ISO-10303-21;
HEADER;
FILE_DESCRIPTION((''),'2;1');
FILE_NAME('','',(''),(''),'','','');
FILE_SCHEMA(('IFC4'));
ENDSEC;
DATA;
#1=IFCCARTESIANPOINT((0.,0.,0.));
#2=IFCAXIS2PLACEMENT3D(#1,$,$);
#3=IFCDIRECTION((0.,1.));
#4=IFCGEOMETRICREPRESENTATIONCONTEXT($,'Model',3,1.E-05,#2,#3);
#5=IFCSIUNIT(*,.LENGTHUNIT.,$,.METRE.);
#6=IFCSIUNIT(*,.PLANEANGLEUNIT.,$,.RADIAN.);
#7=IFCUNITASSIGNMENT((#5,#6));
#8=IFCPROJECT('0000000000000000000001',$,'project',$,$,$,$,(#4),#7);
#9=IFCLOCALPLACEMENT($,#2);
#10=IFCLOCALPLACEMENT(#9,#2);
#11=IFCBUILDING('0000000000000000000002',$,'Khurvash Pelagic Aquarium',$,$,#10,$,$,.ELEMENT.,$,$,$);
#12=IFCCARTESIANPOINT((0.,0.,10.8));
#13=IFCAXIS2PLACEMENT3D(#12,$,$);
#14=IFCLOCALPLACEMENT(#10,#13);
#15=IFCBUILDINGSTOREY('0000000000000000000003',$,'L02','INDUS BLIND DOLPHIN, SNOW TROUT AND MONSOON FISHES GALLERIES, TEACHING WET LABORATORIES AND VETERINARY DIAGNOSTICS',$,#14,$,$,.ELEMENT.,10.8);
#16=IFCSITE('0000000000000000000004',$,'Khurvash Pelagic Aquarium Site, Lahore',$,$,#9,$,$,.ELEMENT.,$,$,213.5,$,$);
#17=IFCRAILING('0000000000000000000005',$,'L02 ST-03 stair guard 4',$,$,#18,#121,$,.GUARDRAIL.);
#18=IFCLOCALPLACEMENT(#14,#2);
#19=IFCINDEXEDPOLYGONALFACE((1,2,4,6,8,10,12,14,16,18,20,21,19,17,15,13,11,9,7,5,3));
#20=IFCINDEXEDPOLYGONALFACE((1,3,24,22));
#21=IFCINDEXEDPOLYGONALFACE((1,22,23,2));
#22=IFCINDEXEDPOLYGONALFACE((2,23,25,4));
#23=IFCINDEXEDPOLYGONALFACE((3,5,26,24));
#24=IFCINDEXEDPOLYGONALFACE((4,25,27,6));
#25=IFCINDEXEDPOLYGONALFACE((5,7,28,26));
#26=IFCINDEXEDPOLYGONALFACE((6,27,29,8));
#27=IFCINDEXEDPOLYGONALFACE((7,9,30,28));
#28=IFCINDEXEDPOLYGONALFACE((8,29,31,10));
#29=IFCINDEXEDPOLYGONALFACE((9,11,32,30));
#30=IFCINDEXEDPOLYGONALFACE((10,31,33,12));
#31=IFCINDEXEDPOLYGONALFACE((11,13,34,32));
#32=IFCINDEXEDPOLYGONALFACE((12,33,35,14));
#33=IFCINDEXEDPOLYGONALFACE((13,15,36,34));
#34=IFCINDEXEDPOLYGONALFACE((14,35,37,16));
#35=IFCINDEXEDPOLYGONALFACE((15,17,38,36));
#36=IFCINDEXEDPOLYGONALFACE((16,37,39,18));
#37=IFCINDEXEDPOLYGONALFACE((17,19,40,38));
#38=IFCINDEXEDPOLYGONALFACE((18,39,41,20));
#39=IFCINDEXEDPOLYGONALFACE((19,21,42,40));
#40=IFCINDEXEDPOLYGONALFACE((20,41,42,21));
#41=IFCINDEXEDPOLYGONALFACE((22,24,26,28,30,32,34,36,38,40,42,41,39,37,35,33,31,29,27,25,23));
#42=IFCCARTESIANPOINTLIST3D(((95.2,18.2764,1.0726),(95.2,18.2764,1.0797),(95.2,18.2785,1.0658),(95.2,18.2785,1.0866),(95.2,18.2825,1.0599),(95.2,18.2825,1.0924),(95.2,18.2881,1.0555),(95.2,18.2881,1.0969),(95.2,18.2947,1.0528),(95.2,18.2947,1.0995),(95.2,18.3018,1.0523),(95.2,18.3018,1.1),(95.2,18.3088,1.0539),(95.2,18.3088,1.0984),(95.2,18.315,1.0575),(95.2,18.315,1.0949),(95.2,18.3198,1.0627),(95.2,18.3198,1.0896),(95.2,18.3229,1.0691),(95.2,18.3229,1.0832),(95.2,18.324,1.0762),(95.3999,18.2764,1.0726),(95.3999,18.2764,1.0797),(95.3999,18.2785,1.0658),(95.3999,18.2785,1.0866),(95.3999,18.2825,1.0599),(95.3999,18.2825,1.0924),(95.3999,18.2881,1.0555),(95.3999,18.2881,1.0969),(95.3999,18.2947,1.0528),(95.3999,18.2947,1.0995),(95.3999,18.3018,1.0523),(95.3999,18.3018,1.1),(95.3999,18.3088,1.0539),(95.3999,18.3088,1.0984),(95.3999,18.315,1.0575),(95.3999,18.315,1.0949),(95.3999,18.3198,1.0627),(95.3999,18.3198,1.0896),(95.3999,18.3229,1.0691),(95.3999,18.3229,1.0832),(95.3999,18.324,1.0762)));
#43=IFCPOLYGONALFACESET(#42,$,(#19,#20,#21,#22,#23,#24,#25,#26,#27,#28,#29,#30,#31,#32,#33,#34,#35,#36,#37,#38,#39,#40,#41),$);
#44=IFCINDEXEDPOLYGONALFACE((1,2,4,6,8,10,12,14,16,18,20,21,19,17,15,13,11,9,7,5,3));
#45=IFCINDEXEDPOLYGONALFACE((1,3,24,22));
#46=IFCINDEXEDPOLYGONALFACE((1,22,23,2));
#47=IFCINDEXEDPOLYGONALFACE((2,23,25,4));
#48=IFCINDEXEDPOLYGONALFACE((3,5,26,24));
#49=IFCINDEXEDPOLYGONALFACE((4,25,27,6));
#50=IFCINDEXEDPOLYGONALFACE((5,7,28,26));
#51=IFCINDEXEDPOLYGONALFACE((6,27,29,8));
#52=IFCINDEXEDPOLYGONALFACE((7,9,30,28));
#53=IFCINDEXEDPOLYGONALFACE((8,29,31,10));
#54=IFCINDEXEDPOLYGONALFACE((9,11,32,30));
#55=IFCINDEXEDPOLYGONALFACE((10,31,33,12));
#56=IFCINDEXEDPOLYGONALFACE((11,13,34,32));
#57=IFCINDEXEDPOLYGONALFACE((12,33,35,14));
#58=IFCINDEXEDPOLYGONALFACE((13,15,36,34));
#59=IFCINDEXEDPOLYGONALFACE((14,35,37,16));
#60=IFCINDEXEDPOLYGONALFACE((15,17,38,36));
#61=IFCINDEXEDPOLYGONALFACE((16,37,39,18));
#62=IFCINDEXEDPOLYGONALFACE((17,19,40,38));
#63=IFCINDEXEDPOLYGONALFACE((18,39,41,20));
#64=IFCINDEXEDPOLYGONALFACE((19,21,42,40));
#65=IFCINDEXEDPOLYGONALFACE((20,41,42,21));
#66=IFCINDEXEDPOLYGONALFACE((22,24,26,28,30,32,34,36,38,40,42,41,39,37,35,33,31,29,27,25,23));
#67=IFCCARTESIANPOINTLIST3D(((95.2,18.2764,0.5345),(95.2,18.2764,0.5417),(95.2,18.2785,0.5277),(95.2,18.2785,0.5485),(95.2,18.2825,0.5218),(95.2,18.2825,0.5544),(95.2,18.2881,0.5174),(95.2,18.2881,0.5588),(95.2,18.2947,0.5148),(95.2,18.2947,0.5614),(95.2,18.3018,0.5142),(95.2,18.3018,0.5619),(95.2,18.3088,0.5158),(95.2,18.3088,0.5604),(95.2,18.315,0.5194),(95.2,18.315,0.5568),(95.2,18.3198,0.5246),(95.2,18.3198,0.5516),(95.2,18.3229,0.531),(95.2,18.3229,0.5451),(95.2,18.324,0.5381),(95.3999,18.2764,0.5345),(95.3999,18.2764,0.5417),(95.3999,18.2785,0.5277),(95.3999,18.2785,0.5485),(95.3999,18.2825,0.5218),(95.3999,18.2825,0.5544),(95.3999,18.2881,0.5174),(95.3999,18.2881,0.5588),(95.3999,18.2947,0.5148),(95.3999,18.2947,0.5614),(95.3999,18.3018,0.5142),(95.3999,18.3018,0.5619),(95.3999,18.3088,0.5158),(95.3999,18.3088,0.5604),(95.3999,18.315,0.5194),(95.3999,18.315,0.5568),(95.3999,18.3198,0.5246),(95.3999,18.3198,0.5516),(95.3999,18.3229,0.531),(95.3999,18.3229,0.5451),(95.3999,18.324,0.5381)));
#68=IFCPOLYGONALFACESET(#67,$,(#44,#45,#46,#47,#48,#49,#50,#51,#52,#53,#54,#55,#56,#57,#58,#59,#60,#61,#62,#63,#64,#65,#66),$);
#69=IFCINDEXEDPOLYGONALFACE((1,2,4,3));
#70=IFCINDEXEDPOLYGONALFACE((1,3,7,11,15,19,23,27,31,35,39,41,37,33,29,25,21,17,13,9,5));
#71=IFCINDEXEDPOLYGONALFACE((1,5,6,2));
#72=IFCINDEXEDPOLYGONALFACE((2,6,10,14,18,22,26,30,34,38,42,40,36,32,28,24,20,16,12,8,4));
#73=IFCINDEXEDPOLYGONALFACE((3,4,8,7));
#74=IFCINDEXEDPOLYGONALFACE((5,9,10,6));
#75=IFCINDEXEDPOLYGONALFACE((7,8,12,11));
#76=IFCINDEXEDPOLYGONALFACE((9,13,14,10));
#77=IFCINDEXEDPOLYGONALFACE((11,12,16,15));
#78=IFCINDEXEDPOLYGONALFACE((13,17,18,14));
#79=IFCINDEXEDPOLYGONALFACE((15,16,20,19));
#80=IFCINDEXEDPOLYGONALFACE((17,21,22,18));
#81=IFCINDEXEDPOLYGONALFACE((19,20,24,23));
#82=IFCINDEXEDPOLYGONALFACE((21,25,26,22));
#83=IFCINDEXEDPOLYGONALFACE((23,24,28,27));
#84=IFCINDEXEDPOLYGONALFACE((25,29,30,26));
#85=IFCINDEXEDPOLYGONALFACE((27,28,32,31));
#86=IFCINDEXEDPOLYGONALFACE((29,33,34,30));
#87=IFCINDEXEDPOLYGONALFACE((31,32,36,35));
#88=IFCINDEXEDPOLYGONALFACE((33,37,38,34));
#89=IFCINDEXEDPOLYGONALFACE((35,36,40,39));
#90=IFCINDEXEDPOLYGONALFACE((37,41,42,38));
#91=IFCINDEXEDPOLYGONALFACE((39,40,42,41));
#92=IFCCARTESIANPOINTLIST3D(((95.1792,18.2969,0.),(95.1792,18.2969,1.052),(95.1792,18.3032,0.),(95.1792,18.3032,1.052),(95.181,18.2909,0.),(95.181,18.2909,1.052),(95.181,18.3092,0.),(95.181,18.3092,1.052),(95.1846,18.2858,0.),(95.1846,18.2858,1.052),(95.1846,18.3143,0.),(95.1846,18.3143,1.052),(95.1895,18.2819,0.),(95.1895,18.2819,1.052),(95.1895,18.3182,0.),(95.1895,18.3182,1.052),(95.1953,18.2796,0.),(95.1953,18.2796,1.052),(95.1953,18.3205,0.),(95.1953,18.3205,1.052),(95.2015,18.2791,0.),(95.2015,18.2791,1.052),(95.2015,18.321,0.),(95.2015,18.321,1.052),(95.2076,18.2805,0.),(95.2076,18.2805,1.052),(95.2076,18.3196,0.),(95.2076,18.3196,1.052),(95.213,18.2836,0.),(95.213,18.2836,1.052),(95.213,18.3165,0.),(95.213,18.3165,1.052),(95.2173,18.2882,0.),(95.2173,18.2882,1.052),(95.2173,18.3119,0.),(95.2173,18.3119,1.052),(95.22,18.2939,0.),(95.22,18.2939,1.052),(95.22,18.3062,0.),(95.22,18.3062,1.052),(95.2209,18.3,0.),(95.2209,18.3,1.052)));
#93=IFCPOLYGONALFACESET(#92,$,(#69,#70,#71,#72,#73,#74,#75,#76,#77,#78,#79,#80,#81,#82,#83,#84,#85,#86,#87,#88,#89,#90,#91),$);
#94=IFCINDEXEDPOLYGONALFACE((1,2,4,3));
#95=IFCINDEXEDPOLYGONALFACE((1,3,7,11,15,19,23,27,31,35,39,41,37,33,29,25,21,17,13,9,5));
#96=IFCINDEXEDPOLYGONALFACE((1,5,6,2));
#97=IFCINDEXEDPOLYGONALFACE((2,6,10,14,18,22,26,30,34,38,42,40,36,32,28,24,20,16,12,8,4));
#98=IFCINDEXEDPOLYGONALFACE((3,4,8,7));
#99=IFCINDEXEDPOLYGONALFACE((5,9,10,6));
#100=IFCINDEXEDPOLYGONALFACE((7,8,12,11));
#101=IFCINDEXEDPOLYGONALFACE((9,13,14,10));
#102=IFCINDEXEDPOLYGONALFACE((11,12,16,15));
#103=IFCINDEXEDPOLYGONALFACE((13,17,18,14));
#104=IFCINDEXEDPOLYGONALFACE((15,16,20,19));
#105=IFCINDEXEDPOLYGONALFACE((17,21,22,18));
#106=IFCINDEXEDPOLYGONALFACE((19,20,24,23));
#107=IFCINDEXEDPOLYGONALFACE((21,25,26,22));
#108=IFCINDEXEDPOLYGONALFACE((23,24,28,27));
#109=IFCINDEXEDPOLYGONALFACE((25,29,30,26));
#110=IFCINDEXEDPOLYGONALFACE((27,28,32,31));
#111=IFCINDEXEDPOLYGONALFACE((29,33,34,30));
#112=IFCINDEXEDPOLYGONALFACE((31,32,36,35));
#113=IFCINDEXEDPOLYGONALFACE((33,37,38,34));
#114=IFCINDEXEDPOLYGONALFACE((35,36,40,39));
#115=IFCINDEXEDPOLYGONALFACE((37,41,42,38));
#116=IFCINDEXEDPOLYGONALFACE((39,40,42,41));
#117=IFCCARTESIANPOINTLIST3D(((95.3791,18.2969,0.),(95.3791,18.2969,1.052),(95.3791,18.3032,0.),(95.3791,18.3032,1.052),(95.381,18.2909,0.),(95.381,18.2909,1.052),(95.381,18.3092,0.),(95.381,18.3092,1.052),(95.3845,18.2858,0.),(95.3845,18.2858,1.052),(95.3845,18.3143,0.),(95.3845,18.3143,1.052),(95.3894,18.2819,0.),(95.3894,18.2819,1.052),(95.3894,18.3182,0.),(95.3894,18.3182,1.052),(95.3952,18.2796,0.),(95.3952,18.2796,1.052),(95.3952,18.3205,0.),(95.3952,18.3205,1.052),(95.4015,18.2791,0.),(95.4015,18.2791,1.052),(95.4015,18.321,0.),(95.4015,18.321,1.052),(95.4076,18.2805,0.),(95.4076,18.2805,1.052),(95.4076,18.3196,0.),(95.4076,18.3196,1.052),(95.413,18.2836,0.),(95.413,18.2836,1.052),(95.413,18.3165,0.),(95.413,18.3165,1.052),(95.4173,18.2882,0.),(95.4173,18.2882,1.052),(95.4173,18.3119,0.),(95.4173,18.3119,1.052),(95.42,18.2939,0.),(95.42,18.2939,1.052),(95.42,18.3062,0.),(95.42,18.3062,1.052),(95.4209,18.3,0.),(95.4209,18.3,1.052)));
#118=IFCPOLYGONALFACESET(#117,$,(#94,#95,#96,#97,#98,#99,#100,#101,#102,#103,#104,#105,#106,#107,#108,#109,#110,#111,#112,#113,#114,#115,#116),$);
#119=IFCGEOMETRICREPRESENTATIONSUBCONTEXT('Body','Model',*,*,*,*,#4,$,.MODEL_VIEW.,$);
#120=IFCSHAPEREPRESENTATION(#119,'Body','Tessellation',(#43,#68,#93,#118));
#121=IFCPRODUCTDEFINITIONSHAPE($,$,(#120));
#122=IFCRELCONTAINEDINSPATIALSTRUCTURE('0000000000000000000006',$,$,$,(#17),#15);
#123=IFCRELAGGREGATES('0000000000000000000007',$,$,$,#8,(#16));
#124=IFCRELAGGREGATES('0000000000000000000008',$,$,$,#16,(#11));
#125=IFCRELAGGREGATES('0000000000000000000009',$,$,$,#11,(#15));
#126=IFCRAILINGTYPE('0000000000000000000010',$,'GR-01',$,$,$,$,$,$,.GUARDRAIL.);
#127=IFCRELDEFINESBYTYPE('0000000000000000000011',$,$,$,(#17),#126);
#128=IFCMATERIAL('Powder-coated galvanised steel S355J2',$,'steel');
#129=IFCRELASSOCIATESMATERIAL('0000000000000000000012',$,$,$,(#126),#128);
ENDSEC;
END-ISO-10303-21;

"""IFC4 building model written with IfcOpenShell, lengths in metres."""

from ifc_helpers import new_model, si_unit, direction, frame, origin, origin_2d, place, context, subcontext, project, spatial, circle, extrude, material, type_object, element, save


model = new_model("IFC4")

# Units and contexts
model_context = context("Model", 3, precision=1e-05, world=origin(), true_north=direction((0.0, 1.0)))
body_context = subcontext(model_context, "Body", "Model", "MODEL_VIEW")
ifc_project = project(units=[si_unit("LENGTHUNIT", "METRE"), si_unit("PLANEANGLEUNIT", "RADIAN")], contexts=[model_context])

# Site, building, storey
site_placement = place(None, origin())
site = spatial("IfcSite", under=ifc_project, at=site_placement, Name="Khurvash Pelagic Aquarium Site, Lahore", CompositionType="ELEMENT", RefElevation=213.5)
building_placement = place(site_placement, origin())
building = spatial("IfcBuilding", under=site, at=building_placement, Name="Khurvash Pelagic Aquarium", CompositionType="ELEMENT")
storey_placement = place(building_placement, frame((0.0, 0.0, 10.8)))
storey = spatial("IfcBuildingStorey", under=building, at=storey_placement, Name="L02", Description="INDUS BLIND DOLPHIN, SNOW TROUT AND MONSOON FISHES GALLERIES, TEACHING WET LABORATORIES AND VETERINARY DIAGNOSTICS", CompositionType="ELEMENT", Elevation=10.8)

# Railing
ifc_material_1 = material(Name="Powder-coated galvanised steel S355J2", Category="steel")
railing_type_1 = type_object("IfcRailingType", Name="GR-01", PredefinedType="GUARDRAIL", material=ifc_material_1)
railing_1_placement = place(storey_placement, frame((95.2, 18.3, 0.0)))
element("IfcRailing", 1, at=railing_1_placement, inside=storey, type_object=railing_type_1, Name="L02 ST-03 stair guard 4", PredefinedType="GUARDRAIL", context=body_context, shape_type="SweptSolid", body=[
    extrude(circle(Radius=0.0239, at=origin_2d()), frame((0.0, 0.0, 1.0762), z_axis=(1.0, 0.0, 0.0), x_axis=(0.0, 1.0, 0.0)), (0.0, 0.0, 1.0), 0.2),
    extrude(circle(Radius=0.0239, at=origin_2d()), frame((0.0, 0.0, 0.5381), z_axis=(1.0, 0.0, 0.0), x_axis=(0.0, 1.0, 0.0)), (0.0, 0.0, 1.0), 0.2),
    extrude(circle(Radius=0.021, at=origin_2d()), origin(), (0.0, 0.0, 1.0), 1.052),
    extrude(circle(Radius=0.021, at=origin_2d()), frame((0.2, 0.0, 0.0)), (0.0, 0.0, 1.0), 1.052),
])

save(model, "model.ifc")
